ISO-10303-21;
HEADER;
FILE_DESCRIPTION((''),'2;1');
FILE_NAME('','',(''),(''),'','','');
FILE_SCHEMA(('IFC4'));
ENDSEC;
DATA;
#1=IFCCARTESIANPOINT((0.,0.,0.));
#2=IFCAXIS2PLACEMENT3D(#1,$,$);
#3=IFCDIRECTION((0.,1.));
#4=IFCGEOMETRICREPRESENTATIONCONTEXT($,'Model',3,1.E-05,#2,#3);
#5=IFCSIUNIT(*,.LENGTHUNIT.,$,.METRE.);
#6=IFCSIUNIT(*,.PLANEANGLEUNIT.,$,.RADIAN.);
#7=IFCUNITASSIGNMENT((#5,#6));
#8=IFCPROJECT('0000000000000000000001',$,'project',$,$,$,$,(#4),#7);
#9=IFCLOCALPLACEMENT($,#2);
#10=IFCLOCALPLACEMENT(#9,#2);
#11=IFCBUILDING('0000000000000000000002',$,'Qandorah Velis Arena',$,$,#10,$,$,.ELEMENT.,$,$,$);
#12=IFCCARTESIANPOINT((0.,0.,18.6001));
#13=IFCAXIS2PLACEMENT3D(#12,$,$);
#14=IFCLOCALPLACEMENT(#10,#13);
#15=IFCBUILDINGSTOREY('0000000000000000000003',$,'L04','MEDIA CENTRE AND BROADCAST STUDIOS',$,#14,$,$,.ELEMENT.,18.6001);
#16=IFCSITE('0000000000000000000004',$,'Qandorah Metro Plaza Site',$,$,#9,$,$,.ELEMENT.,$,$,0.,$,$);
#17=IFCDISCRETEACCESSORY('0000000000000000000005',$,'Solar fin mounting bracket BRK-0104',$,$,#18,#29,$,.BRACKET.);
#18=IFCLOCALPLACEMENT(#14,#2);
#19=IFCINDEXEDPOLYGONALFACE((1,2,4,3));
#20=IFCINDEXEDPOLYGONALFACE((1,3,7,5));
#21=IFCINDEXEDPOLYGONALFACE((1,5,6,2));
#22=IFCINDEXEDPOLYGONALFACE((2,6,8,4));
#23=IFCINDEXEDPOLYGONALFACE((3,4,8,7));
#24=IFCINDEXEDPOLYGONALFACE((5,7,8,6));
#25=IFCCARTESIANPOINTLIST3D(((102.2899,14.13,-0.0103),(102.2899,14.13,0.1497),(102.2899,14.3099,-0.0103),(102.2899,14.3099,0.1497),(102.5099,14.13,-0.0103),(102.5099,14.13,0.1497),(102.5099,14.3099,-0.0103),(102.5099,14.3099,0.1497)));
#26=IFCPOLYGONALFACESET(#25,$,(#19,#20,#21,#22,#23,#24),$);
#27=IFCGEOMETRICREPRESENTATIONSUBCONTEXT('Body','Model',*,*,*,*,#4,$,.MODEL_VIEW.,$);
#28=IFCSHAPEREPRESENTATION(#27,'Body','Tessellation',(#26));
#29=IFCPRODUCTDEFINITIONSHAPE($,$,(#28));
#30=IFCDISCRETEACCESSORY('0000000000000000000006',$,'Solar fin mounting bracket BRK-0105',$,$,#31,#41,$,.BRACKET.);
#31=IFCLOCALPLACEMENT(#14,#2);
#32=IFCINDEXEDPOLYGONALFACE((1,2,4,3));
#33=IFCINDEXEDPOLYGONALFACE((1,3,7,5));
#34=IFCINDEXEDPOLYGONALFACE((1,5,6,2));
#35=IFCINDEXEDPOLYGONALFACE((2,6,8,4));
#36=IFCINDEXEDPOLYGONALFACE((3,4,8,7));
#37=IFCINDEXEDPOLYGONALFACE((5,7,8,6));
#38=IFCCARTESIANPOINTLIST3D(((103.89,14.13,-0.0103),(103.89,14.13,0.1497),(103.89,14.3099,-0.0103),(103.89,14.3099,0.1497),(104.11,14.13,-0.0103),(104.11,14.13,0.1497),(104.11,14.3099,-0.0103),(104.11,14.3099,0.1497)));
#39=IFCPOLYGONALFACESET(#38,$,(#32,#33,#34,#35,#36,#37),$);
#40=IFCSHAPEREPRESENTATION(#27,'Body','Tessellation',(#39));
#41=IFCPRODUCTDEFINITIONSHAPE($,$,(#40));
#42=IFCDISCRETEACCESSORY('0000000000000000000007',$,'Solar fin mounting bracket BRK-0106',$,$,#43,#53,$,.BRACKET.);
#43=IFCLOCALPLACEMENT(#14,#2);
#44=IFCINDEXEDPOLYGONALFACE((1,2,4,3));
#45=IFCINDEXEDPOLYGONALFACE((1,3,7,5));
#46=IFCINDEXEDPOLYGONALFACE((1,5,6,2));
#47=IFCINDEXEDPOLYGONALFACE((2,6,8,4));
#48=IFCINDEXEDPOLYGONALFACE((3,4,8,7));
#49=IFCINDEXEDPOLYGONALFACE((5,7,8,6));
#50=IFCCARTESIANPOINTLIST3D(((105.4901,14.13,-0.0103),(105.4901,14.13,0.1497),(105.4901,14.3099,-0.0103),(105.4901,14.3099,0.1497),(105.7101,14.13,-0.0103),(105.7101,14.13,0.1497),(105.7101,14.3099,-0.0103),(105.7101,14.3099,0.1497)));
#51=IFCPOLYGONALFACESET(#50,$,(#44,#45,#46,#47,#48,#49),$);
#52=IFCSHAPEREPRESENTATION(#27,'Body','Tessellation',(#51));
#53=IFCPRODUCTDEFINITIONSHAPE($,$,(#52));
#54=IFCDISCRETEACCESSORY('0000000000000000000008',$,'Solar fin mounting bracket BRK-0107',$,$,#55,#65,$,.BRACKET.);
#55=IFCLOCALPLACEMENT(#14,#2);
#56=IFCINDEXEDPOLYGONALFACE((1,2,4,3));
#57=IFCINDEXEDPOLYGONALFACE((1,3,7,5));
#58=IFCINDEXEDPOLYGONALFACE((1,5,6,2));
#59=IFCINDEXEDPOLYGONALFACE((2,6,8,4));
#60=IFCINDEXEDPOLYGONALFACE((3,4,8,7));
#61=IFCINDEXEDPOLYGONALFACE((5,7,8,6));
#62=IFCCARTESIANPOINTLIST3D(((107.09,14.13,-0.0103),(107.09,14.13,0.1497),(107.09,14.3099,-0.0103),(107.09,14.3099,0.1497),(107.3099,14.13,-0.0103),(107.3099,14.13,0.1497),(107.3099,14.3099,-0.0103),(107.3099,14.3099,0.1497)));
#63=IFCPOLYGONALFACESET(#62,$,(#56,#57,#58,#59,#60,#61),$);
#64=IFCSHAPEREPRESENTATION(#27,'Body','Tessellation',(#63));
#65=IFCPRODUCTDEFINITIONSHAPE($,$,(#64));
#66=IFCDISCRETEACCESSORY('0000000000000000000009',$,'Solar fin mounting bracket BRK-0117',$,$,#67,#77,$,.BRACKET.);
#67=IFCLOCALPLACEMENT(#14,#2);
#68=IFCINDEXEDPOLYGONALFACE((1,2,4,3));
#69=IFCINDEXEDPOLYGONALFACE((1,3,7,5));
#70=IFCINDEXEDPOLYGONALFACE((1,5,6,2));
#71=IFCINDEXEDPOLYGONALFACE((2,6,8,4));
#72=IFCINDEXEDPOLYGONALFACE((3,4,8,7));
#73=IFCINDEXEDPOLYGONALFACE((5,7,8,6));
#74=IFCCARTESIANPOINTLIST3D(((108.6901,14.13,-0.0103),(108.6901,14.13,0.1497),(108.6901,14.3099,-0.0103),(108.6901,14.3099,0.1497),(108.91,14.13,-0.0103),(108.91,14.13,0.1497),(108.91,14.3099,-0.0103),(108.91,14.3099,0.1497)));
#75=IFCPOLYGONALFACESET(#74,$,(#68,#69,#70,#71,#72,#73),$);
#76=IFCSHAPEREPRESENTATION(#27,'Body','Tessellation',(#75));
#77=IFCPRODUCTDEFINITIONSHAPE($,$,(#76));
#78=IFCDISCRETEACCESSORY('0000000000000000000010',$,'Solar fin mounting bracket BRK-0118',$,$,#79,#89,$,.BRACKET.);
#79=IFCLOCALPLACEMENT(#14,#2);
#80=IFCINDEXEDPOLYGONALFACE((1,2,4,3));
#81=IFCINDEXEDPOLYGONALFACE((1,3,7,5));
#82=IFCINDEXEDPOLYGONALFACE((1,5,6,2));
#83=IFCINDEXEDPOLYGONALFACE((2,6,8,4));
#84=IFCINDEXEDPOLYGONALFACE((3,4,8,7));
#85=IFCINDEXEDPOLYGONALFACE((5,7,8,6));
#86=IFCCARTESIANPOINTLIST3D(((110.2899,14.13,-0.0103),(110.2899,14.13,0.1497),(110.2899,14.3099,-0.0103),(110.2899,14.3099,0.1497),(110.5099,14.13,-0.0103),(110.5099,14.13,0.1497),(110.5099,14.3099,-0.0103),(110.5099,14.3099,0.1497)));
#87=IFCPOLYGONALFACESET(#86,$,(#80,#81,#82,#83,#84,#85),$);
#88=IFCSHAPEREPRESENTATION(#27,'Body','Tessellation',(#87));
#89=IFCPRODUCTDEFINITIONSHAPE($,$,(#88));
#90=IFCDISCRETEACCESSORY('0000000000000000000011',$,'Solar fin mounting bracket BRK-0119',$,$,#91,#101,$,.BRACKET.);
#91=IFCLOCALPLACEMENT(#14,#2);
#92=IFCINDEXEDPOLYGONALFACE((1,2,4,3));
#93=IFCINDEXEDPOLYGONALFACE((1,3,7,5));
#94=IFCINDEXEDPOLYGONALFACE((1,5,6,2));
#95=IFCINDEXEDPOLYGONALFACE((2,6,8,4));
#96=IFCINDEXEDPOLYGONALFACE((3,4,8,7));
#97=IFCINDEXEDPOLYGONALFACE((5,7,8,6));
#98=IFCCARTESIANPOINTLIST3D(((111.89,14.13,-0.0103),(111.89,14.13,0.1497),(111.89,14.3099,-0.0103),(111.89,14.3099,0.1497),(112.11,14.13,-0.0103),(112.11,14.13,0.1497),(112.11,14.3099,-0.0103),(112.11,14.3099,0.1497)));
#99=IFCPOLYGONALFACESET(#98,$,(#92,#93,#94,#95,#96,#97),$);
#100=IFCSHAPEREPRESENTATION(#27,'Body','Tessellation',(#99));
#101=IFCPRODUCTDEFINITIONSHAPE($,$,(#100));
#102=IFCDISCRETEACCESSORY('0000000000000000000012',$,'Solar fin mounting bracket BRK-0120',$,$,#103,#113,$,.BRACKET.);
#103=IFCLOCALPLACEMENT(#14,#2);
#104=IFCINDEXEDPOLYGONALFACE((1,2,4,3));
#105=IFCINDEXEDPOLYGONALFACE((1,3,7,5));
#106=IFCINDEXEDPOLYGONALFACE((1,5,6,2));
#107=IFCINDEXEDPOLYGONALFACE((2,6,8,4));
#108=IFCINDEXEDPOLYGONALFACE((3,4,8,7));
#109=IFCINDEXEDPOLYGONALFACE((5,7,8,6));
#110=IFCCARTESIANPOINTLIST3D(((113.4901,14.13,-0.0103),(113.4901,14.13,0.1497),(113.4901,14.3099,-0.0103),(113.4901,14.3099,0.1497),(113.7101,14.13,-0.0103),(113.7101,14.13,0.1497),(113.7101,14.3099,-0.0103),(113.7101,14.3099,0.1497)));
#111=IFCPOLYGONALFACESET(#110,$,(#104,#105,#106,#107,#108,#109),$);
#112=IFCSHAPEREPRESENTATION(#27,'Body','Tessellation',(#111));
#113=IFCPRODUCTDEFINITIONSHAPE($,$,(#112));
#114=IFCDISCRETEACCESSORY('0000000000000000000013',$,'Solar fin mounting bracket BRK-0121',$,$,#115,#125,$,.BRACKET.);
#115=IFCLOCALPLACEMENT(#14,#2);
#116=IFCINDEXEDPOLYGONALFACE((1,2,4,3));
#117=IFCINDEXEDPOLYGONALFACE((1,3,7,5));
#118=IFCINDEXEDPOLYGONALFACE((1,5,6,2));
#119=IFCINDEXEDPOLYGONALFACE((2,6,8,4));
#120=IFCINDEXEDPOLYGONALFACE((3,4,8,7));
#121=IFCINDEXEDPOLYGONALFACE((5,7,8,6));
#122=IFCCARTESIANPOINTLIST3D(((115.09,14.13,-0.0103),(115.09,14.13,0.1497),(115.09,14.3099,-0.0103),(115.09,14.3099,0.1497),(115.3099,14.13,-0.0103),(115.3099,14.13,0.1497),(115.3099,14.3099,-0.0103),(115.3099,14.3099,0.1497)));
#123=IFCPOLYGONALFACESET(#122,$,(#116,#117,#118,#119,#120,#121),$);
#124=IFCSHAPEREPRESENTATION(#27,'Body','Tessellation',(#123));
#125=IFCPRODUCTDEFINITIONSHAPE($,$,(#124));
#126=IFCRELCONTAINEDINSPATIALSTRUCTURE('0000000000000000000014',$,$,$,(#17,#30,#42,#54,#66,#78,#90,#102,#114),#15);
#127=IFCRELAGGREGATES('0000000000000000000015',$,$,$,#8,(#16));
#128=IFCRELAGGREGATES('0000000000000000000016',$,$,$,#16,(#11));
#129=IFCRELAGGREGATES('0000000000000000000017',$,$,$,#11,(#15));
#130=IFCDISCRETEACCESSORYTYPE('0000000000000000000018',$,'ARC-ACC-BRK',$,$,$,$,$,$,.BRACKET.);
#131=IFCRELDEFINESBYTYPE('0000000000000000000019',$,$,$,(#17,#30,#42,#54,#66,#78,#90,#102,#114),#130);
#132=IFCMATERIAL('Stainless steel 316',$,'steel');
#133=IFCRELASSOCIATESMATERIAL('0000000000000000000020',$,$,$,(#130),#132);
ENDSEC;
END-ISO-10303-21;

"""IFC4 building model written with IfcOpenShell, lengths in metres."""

from ifc_helpers import new_model, si_unit, direction, frame, origin, origin_2d, place, context, subcontext, project, spatial, rectangle, extrude, material, type_object, element, save


model = new_model("IFC4")

# Units and contexts
model_context = context("Model", 3, precision=1e-05, world=origin(), true_north=direction((0.0, 1.0)))
body_context = subcontext(model_context, "Body", "Model", "MODEL_VIEW")
ifc_project = project(units=[si_unit("LENGTHUNIT", "METRE"), si_unit("PLANEANGLEUNIT", "RADIAN")], contexts=[model_context])

# Site, building, storey
site_placement = place(None, origin())
site = spatial("IfcSite", under=ifc_project, at=site_placement, Name="Qandorah Metro Plaza Site", CompositionType="ELEMENT", RefElevation=0.0)
building_placement = place(site_placement, origin())
building = spatial("IfcBuilding", under=site, at=building_placement, Name="Qandorah Velis Arena", CompositionType="ELEMENT")
storey_placement = place(building_placement, frame((0.0, 0.0, 18.6001)))
storey = spatial("IfcBuildingStorey", under=building, at=storey_placement, Name="L04", Description="MEDIA CENTRE AND BROADCAST STUDIOS", CompositionType="ELEMENT", Elevation=18.6001)

# Discrete accessories
ifc_material_1 = material(Name="Stainless steel 316", Category="steel")
discrete_accessory_type = type_object("IfcDiscreteAccessoryType", Name="ARC-ACC-BRK", PredefinedType="BRACKET", material=ifc_material_1)
for number, where, z_axis, x_axis, name in (
    (1, (102.3999, 14.22, -0.0103), (0.0, 0.0, 1.0), (1.0, 0.0, 0.0), "Solar fin mounting bracket BRK-0104"),
    (2, (104.0, 14.22, -0.0103), (0.0, 0.0, 1.0), (1.0, 0.0, 0.0), "Solar fin mounting bracket BRK-0105"),
    (3, (105.6001, 14.22, -0.0103), (0.0, 0.0, 1.0), (1.0, 0.0, 0.0), "Solar fin mounting bracket BRK-0106"),
    (4, (107.2, 14.22, -0.0103), (0.0, 0.0, 1.0), (1.0, 0.0, 0.0), "Solar fin mounting bracket BRK-0107"),
    (5, (108.8, 14.22, -0.0103), (0.0, 0.0, 1.0), (1.0, 0.0, 0.0), "Solar fin mounting bracket BRK-0117"),
    (6, (110.3999, 14.22, -0.0103), (0.0, 0.0, 1.0), (1.0, 0.0, 0.0), "Solar fin mounting bracket BRK-0118"),
    (7, (112.0, 14.22, -0.0103), (0.0, 0.0, 1.0), (1.0, 0.0, 0.0), "Solar fin mounting bracket BRK-0119"),
    (8, (113.6001, 14.22, -0.0103), (0.0, 0.0, 1.0), (1.0, 0.0, 0.0), "Solar fin mounting bracket BRK-0120"),
    (9, (115.2, 14.22, -0.0103), (0.0, 0.0, 1.0), (1.0, 0.0, 0.0), "Solar fin mounting bracket BRK-0121"),
):
    element("IfcDiscreteAccessory", number, at=place(storey_placement, frame(where, z_axis=z_axis, x_axis=x_axis)), inside=storey, type_object=discrete_accessory_type, Name=name, PredefinedType="BRACKET", context=body_context, shape_type="SweptSolid", body=[
        extrude(rectangle(XDim=0.22, YDim=0.1799, at=origin_2d()), origin(), (0.0, 0.0, 1.0), 0.1599),
    ])

save(model, "model.ifc")
